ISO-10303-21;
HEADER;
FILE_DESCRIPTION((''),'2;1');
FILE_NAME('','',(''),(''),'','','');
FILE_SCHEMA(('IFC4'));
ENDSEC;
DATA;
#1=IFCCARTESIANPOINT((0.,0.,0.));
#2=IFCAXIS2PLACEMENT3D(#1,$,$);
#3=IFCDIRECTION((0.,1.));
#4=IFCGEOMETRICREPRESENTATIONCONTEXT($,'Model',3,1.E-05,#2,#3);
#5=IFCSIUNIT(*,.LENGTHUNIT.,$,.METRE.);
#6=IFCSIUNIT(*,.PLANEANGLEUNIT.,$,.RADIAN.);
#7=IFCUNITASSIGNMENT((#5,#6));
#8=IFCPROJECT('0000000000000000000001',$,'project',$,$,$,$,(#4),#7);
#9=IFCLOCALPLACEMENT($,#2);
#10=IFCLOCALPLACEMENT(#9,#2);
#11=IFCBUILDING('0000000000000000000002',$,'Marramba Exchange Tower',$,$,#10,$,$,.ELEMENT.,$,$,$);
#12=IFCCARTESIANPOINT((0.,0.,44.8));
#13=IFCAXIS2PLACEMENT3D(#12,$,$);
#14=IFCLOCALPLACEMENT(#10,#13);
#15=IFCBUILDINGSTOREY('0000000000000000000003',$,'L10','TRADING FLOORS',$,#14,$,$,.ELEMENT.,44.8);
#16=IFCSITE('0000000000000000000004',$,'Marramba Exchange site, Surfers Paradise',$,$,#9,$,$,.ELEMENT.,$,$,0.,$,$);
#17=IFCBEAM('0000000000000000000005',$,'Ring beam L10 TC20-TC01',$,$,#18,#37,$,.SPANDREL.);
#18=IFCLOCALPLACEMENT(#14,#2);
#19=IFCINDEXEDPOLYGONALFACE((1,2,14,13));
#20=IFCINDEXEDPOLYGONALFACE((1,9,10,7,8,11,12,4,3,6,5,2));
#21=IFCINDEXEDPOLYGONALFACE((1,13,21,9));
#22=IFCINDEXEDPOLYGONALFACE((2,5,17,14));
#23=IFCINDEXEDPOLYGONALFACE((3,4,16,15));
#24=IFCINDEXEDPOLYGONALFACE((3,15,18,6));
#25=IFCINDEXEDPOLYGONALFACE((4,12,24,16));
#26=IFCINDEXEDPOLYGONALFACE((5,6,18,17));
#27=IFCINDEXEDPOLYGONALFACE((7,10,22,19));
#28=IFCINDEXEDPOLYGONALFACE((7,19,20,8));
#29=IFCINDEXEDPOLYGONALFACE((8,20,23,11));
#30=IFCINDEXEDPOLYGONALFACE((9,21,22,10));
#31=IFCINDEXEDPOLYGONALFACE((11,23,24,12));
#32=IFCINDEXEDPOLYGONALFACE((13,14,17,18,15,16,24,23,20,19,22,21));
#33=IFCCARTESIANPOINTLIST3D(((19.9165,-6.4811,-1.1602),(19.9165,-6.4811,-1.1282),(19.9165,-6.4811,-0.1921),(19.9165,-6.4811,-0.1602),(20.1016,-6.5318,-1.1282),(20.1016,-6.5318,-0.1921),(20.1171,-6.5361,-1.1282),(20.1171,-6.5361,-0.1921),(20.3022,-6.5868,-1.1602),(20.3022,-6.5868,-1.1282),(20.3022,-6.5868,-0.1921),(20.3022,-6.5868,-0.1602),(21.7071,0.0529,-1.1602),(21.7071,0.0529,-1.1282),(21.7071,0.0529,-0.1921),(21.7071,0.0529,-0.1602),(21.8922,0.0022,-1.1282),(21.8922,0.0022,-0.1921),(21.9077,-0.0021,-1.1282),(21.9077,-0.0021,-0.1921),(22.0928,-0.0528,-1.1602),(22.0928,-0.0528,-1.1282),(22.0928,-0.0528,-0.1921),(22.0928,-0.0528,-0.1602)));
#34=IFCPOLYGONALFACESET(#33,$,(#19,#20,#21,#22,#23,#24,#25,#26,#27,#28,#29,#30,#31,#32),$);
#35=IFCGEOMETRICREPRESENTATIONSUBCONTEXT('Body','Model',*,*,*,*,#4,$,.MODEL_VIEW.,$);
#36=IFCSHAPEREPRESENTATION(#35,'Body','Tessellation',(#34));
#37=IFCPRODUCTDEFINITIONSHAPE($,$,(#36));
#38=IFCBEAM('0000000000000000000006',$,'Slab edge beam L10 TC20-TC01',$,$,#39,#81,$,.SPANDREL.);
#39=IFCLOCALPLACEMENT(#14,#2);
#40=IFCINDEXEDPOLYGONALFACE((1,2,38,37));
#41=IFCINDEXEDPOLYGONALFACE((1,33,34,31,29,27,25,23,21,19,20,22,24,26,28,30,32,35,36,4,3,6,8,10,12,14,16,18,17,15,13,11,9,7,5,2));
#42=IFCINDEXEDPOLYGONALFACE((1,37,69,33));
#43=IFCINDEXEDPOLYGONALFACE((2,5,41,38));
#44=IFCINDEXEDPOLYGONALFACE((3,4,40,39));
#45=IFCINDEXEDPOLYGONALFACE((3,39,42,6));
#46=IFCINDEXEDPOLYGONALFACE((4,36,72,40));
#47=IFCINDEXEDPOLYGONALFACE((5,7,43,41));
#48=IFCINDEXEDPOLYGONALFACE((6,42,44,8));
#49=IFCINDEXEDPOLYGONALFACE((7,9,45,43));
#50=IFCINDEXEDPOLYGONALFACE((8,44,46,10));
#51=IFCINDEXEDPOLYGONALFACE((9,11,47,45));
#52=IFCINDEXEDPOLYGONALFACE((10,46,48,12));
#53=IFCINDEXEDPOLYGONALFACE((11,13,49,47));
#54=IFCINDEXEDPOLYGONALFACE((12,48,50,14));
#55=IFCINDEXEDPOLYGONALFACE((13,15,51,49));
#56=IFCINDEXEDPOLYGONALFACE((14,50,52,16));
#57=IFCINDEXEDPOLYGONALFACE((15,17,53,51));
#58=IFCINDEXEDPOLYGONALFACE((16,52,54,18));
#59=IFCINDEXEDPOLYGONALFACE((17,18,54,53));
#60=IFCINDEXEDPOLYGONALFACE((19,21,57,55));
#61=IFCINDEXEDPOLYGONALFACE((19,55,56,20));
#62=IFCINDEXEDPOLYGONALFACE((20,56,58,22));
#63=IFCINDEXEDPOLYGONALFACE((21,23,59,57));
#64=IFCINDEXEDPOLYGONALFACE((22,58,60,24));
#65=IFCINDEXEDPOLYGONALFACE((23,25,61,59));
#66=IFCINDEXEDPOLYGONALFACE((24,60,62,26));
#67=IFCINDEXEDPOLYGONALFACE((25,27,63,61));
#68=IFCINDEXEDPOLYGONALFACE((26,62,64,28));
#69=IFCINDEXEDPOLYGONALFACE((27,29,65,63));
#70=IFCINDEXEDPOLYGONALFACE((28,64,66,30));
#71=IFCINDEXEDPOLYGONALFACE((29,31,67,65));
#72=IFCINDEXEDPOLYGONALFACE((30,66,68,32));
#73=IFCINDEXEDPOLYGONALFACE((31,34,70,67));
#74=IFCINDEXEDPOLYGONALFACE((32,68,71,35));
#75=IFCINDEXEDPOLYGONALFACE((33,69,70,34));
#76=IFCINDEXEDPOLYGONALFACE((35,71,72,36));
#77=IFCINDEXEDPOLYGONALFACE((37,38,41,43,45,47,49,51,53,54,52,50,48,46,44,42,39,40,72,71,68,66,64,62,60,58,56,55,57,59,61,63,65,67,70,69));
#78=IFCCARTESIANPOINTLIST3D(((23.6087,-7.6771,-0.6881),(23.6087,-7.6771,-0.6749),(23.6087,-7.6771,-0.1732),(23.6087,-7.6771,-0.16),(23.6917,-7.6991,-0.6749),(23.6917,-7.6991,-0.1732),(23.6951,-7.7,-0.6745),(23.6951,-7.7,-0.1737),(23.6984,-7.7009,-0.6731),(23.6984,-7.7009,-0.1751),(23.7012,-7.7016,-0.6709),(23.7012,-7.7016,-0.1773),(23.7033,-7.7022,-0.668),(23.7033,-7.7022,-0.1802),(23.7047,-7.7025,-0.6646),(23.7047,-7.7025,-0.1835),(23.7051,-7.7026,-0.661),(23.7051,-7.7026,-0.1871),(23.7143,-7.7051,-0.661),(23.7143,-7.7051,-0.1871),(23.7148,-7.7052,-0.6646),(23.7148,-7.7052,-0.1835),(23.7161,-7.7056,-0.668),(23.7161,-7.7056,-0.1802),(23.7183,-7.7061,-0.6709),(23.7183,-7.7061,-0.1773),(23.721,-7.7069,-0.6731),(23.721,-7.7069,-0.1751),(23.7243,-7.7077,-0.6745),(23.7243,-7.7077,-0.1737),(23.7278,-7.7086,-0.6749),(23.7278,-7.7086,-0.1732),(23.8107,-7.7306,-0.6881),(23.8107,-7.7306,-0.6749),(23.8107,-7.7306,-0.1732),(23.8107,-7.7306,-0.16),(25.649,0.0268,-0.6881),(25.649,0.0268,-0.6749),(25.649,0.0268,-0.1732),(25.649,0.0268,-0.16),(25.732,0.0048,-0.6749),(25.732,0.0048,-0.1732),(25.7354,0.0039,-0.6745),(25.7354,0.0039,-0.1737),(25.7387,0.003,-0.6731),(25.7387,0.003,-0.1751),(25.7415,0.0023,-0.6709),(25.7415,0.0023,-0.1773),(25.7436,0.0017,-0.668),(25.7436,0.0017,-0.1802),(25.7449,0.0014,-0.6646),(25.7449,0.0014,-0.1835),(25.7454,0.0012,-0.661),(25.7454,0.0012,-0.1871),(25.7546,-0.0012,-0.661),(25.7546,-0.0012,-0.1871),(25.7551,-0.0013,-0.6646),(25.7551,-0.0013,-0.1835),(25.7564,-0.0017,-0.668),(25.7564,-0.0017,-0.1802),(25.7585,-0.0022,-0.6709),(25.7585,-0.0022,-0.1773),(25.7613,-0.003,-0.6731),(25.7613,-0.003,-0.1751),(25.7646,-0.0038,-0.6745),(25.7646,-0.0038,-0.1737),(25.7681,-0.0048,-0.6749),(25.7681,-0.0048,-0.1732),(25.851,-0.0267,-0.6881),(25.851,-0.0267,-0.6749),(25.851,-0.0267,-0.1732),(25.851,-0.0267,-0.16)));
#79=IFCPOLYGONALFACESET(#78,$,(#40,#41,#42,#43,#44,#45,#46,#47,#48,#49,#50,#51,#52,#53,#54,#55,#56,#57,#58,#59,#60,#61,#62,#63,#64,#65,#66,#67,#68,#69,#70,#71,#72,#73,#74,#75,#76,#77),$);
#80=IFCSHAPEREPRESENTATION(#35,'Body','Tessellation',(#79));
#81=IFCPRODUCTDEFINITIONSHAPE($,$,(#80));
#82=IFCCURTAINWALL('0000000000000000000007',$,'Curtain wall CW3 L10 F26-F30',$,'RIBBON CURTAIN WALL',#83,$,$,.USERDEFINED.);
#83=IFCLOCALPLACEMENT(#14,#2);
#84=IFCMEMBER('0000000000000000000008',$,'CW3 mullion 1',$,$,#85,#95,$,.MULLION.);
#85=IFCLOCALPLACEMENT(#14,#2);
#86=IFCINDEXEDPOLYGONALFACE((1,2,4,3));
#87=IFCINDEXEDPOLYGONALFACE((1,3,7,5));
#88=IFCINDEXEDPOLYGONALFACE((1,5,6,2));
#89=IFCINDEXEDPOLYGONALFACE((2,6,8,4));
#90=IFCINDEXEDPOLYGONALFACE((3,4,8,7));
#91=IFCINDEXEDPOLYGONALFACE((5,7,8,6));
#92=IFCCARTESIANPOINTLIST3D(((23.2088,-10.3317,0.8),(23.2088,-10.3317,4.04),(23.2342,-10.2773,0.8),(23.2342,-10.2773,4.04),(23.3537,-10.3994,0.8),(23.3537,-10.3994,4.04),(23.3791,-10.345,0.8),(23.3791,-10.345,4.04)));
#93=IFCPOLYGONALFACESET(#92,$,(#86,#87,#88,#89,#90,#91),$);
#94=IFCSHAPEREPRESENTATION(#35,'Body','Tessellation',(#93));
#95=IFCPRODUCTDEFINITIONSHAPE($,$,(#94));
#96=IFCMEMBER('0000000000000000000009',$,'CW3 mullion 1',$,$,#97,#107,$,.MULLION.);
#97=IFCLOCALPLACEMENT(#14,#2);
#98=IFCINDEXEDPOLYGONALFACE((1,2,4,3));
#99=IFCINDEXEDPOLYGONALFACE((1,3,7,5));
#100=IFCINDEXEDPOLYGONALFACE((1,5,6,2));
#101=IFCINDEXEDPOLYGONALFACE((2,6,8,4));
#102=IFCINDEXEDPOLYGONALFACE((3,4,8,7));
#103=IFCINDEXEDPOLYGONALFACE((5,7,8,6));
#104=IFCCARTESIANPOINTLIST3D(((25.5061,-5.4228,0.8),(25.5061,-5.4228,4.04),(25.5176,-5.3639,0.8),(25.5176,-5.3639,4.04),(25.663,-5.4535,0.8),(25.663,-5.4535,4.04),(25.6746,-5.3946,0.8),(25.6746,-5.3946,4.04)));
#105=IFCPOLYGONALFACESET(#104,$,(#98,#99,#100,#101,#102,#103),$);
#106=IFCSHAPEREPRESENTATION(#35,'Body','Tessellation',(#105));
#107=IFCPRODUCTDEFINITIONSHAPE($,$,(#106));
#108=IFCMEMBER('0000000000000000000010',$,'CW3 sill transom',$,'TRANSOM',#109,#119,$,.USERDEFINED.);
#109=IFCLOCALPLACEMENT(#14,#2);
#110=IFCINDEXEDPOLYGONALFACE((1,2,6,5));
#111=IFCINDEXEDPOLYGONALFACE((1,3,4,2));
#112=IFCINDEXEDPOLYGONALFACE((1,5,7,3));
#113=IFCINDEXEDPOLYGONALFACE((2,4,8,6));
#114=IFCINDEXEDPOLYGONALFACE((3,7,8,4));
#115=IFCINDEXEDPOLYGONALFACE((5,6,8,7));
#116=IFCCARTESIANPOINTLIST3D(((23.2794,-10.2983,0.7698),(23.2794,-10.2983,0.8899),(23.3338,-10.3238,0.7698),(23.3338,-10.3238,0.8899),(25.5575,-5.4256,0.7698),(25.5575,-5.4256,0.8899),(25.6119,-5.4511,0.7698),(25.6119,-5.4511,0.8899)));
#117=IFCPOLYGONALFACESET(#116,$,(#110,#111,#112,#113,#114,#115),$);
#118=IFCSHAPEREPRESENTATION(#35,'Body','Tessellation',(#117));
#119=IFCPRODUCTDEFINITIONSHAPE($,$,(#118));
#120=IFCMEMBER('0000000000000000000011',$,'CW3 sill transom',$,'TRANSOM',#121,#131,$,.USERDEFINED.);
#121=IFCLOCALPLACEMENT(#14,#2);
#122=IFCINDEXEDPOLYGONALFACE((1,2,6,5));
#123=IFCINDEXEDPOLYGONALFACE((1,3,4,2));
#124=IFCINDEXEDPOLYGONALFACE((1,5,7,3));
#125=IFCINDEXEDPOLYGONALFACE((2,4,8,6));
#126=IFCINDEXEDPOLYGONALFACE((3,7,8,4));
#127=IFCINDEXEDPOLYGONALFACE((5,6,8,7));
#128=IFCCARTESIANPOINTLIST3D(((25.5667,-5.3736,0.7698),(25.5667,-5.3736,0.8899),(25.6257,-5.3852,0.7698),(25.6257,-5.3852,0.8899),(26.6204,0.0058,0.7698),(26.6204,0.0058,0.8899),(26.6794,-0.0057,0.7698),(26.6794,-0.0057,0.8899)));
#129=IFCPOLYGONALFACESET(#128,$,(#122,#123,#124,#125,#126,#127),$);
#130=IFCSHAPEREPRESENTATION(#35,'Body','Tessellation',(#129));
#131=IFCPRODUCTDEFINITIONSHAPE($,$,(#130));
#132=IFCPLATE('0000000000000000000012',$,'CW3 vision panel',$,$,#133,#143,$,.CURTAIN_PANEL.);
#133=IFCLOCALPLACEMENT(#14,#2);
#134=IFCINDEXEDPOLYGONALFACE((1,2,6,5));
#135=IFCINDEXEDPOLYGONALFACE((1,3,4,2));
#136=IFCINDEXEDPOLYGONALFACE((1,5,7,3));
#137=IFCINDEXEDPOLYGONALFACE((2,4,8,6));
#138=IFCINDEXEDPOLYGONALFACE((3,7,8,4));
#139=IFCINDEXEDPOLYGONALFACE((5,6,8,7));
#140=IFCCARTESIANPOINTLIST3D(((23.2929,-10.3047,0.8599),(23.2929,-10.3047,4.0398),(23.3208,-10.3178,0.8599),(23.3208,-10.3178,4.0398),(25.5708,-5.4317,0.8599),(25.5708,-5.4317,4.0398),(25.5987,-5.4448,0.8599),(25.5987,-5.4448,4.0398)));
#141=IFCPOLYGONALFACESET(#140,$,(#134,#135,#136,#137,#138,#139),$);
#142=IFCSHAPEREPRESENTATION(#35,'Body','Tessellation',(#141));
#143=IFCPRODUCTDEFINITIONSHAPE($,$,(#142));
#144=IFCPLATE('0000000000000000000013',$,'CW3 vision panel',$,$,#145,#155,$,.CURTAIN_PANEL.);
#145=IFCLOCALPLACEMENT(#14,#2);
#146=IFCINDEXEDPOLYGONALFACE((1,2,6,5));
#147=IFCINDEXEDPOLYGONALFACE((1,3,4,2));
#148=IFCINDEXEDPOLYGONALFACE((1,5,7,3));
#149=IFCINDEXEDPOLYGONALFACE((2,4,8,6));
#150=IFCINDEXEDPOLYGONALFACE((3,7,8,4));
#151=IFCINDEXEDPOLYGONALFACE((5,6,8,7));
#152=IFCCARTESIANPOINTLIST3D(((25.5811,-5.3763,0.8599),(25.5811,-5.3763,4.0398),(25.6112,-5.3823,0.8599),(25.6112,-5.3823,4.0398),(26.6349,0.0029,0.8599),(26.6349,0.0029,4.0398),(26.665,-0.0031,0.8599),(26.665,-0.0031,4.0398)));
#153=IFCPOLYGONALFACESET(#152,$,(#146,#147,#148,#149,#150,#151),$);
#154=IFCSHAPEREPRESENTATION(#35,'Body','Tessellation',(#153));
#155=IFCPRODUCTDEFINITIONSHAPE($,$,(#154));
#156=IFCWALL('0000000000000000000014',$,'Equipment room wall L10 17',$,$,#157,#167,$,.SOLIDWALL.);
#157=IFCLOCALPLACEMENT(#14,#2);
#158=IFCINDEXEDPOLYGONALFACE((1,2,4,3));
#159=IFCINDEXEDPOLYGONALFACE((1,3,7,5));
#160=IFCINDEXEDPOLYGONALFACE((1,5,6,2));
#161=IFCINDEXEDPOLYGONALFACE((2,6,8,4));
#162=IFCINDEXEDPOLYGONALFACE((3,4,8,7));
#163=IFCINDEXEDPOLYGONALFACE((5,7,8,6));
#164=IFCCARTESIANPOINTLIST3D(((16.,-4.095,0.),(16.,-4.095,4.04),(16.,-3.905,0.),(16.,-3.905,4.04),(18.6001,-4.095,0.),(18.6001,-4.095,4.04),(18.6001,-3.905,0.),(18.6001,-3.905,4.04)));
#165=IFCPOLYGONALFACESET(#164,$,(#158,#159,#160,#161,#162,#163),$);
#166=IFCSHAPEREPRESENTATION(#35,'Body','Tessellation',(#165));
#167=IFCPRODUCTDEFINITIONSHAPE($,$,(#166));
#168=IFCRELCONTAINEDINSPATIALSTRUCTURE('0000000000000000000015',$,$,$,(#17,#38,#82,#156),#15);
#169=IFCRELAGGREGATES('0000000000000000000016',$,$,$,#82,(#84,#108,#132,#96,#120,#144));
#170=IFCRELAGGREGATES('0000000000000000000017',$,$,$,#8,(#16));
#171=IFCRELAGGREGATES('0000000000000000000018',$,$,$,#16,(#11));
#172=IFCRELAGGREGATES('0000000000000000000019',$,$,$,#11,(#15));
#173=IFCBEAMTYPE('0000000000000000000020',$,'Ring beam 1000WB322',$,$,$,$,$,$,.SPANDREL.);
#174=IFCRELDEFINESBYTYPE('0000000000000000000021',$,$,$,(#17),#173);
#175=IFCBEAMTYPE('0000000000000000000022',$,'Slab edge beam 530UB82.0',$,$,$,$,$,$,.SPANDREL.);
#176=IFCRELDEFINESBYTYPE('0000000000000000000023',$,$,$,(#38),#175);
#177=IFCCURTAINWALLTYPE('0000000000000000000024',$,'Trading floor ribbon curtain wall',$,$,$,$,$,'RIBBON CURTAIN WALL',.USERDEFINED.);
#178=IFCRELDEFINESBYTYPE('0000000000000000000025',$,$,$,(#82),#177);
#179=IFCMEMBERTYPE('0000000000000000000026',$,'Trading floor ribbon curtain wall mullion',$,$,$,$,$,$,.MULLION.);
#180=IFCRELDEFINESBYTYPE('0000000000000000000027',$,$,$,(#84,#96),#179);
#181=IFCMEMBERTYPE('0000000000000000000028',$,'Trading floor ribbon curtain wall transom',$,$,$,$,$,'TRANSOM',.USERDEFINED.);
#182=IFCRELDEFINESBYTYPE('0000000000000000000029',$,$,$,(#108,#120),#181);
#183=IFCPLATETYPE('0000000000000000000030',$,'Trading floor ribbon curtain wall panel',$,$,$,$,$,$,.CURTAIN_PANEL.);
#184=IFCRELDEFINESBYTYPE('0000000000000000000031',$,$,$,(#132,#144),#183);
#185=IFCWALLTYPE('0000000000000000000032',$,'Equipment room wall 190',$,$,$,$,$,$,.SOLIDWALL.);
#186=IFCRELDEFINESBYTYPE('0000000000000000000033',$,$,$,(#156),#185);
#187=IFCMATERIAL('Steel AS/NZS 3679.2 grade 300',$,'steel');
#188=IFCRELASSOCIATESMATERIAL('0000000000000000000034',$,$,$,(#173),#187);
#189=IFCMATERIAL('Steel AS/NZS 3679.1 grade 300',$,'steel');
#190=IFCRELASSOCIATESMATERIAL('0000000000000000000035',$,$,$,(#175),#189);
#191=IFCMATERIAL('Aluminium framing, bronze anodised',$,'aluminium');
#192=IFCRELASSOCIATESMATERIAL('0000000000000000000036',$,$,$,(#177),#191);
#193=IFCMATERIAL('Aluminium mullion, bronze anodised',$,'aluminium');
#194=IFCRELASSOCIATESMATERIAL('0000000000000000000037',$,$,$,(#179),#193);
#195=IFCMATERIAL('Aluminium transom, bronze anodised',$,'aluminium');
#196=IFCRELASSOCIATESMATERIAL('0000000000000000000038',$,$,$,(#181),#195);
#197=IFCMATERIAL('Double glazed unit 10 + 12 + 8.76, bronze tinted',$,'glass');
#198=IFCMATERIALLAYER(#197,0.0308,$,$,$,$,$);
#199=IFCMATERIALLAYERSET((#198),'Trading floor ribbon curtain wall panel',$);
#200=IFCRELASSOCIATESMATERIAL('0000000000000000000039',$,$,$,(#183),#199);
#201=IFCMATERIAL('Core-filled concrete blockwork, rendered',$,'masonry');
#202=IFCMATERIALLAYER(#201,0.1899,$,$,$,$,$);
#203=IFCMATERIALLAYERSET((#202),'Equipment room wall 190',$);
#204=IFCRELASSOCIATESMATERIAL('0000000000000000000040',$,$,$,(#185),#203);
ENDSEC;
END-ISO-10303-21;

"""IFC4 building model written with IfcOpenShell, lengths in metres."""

from ifc_helpers import new_model, si_unit, direction, frame, frame_2d, origin, origin_2d, place, context, subcontext, project, spatial, rectangle, i_section, extrude, material, layer, layer_set, material_profile, profile_set, type_object, element, aggregate, save


model = new_model("IFC4")

# Units and contexts
model_context = context("Model", 3, precision=1e-05, world=origin(), true_north=direction((0.0, 1.0)))
body_context = subcontext(model_context, "Body", "Model", "MODEL_VIEW")
ifc_project = project(units=[si_unit("LENGTHUNIT", "METRE"), si_unit("PLANEANGLEUNIT", "RADIAN")], contexts=[model_context])

# Site, building, storey
site_placement = place(None, origin())
site = spatial("IfcSite", under=ifc_project, at=site_placement, Name="Marramba Exchange site, Surfers Paradise", CompositionType="ELEMENT", RefElevation=0.0)
building_placement = place(site_placement, origin())
building = spatial("IfcBuilding", under=site, at=building_placement, Name="Marramba Exchange Tower", CompositionType="ELEMENT")
storey_placement = place(building_placement, frame((0.0, 0.0, 44.8)))
storey = spatial("IfcBuildingStorey", under=building, at=storey_placement, Name="L10", Description="TRADING FLOORS", CompositionType="ELEMENT", Elevation=44.8)

# Beams
ifc_material_1 = material(Name="Steel AS/NZS 3679.2 grade 300", Category="steel")
ifc_material_2 = material(Name="Steel AS/NZS 3679.1 grade 300", Category="steel")
ifc_material_profile_1 = material_profile(ifc_material_1, i_section(OverallWidth=0.3999, OverallDepth=1.0, WebThickness=0.0161, FlangeThickness=0.032, at=origin_2d()), Name="1000WB322")
ifc_profile_set_1 = profile_set([ifc_material_profile_1], Name="Steel AS/NZS 3679.2 grade 300")
beam_type_1 = type_object("IfcBeamType", Name="Ring beam 1000WB322", PredefinedType="SPANDREL", material=ifc_profile_set_1)
beam_1_placement = place(storey_placement, frame((20.1094, -6.5339, -0.6602), z_axis=(0.264291, 0.964443, 0.0), x_axis=(-0.964443, 0.264291, 0.0)))
element("IfcBeam", 1, at=beam_1_placement, inside=storey, type_object=beam_type_1, Name="Ring beam L10 TC20-TC01", PredefinedType="SPANDREL", context=body_context, shape_type="SweptSolid", body=[
    extrude(i_section(OverallWidth=0.3999, OverallDepth=1.0, WebThickness=0.0161, FlangeThickness=0.032, at=origin_2d()), origin(), (0.0, 0.0, 1.0), 6.7749),
])
ifc_material_profile_2 = material_profile(ifc_material_2, i_section(OverallWidth=0.209, OverallDepth=0.5281, WebThickness=0.0095, FlangeThickness=0.0132, FilletRadius=0.0139, at=origin_2d()), Name="530UB82.0")
ifc_profile_set_2 = profile_set([ifc_material_profile_2], Name="Steel AS/NZS 3679.1 grade 300")
beam_type_2 = type_object("IfcBeamType", Name="Slab edge beam 530UB82.0", PredefinedType="SPANDREL", material=ifc_profile_set_2)
beam_2_placement = place(storey_placement, frame((23.7097, -7.7039, -0.4241), z_axis=(0.256013, 0.966673, 0.0), x_axis=(-0.966673, 0.256013, 0.0)))
element("IfcBeam", 2, at=beam_2_placement, inside=storey, type_object=beam_type_2, Name="Slab edge beam L10 TC20-TC01", PredefinedType="SPANDREL", context=body_context, shape_type="SweptSolid", body=[
    extrude(i_section(OverallWidth=0.209, OverallDepth=0.5281, WebThickness=0.0095, FlangeThickness=0.0132, FilletRadius=0.0139, at=origin_2d()), origin(), (0.0, 0.0, 1.0), 7.9695),
])

# Curtain wall, members, plates
ifc_material_3 = material(Name="Aluminium framing, bronze anodised", Category="aluminium")
curtain_wall_type = type_object("IfcCurtainWallType", Name="Trading floor ribbon curtain wall", ElementType="RIBBON CURTAIN WALL", PredefinedType="USERDEFINED", material=ifc_material_3)
curtain_wall_placement = place(storey_placement, origin())
curtain_wall = element("IfcCurtainWall", 3, at=curtain_wall_placement, inside=storey, type_object=curtain_wall_type, Name="Curtain wall CW3 L10 F26-F30", ObjectType="RIBBON CURTAIN WALL", PredefinedType="USERDEFINED")
ifc_material_4 = material(Name="Aluminium mullion, bronze anodised", Category="aluminium")
ifc_material_profile_3 = material_profile(ifc_material_4, rectangle(XDim=0.1599, YDim=0.0601, at=origin_2d()), Name="CW3 mullion 60x160")
ifc_profile_set_3 = profile_set([ifc_material_profile_3], Name="Aluminium mullion, bronze anodised")
member_type_1 = type_object("IfcMemberType", Name="Trading floor ribbon curtain wall mullion", PredefinedType="MULLION", material=ifc_profile_set_3)
member_1_placement = place(storey_placement, frame((23.2939, -10.3384, 0.8), z_axis=(0.0, 0.0, 1.0), x_axis=(-0.905907, 0.423477, 0.0)))
member_1 = element("IfcMember", 4, at=member_1_placement, type_object=member_type_1, Name="CW3 mullion 1", PredefinedType="MULLION", context=body_context, shape_type="SweptSolid", body=[
    extrude(rectangle(XDim=0.1599, YDim=0.0601, at=origin_2d()), origin(), (0.0, 0.0, 1.0), 3.24),
])
member_2_placement = place(storey_placement, frame((25.5903, -5.4087, 0.8), z_axis=(0.0, 0.0, 1.0), x_axis=(-0.981346, 0.192249, 0.0)))
member_2 = element("IfcMember", 5, at=member_2_placement, type_object=member_type_1, Name="CW3 mullion 1", PredefinedType="MULLION", context=body_context, shape_type="SweptSolid", body=[
    extrude(rectangle(XDim=0.1599, YDim=0.0601, at=origin_2d()), origin(), (0.0, 0.0, 1.0), 3.24),
])
ifc_material_5 = material(Name="Aluminium transom, bronze anodised", Category="aluminium")
ifc_material_profile_4 = material_profile(ifc_material_5, rectangle(XDim=0.0601, YDim=0.1201, at=origin_2d()), Name="CW3 transom 60x120")
ifc_profile_set_4 = profile_set([ifc_material_profile_4], Name="Aluminium transom, bronze anodised")
member_type_2 = type_object("IfcMemberType", Name="Trading floor ribbon curtain wall transom", ElementType="TRANSOM", PredefinedType="USERDEFINED", material=ifc_profile_set_4)
member_3_placement = place(storey_placement, frame((23.3066, -10.311, 0.8298), z_axis=(0.423512, 0.905891, 0.0), x_axis=(-0.905891, 0.423512, 0.0)))
member_3 = element("IfcMember", 6, at=member_3_placement, type_object=member_type_2, Name="CW3 sill transom", ObjectType="TRANSOM", PredefinedType="USERDEFINED", context=body_context, shape_type="SweptSolid", body=[
    extrude(rectangle(XDim=0.0601, YDim=0.1201, at=origin_2d()), origin(), (0.0, 0.0, 1.0), 5.3789),
])
member_4_placement = place(storey_placement, frame((25.5962, -5.3794, 0.8298), z_axis=(0.192226, 0.981351, 0.0), x_axis=(-0.981351, 0.192226, 0.0)))
member_4 = element("IfcMember", 7, at=member_4_placement, type_object=member_type_2, Name="CW3 sill transom", ObjectType="TRANSOM", PredefinedType="USERDEFINED", context=body_context, shape_type="SweptSolid", body=[
    extrude(rectangle(XDim=0.0601, YDim=0.1201, at=origin_2d()), origin(), (0.0, 0.0, 1.0), 5.4817),
])
ifc_material_6 = material(Name="Double glazed unit 10 + 12 + 8.76, bronze tinted", Category="glass")
ifc_layer_1 = layer(ifc_material_6, 0.0308)
ifc_layer_set_1 = layer_set([ifc_layer_1], Name="Trading floor ribbon curtain wall panel")
plate_type = type_object("IfcPlateType", Name="Trading floor ribbon curtain wall panel", PredefinedType="CURTAIN_PANEL", material=ifc_layer_set_1)
plate_1_placement = place(storey_placement, frame((24.4458, -7.8748, 0.8599), z_axis=(0.0, 0.0, 1.0), x_axis=(0.423477, 0.905907, 0.0)))
plate_1 = element("IfcPlate", 8, at=plate_1_placement, type_object=plate_type, Name="CW3 vision panel", PredefinedType="CURTAIN_PANEL", context=body_context, shape_type="SweptSolid", body=[
    extrude(rectangle(XDim=5.3792, YDim=0.0308, at=origin_2d()), origin(), (0.0, 0.0, 1.0), 3.1799),
])
plate_2_placement = place(storey_placement, frame((26.123, -2.6897, 0.8599), z_axis=(0.0, 0.0, 1.0), x_axis=(0.192249, 0.981346, 0.0)))
plate_2 = element("IfcPlate", 9, at=plate_2_placement, type_object=plate_type, Name="CW3 vision panel", PredefinedType="CURTAIN_PANEL", context=body_context, shape_type="SweptSolid", body=[
    extrude(rectangle(XDim=5.4814, YDim=0.0308, at=origin_2d()), origin(), (0.0, 0.0, 1.0), 3.1799),
])
aggregate(curtain_wall, [member_1, member_3, plate_1, member_2, member_4, plate_2])

# Wall
ifc_material_7 = material(Name="Core-filled concrete blockwork, rendered", Category="masonry")
ifc_layer_2 = layer(ifc_material_7, 0.1899)
ifc_layer_set_2 = layer_set([ifc_layer_2], Name="Equipment room wall 190")
wall_type_1 = type_object("IfcWallType", Name="Equipment room wall 190", PredefinedType="SOLIDWALL", material=ifc_layer_set_2)
wall_1_placement = place(storey_placement, frame((16.0, -4.0, 0.0), z_axis=(0.0, 0.0, 1.0), x_axis=(1.0, 0.0, 0.0)))
element("IfcWall", 10, at=wall_1_placement, inside=storey, type_object=wall_type_1, Name="Equipment room wall L10 17", PredefinedType="SOLIDWALL", context=body_context, shape_type="SweptSolid", body=[
    extrude(rectangle(XDim=2.6001, YDim=0.1899, at=frame_2d((1.3, 0.0))), origin(), (0.0, 0.0, 1.0), 4.04),
])

save(model, "model.ifc")
